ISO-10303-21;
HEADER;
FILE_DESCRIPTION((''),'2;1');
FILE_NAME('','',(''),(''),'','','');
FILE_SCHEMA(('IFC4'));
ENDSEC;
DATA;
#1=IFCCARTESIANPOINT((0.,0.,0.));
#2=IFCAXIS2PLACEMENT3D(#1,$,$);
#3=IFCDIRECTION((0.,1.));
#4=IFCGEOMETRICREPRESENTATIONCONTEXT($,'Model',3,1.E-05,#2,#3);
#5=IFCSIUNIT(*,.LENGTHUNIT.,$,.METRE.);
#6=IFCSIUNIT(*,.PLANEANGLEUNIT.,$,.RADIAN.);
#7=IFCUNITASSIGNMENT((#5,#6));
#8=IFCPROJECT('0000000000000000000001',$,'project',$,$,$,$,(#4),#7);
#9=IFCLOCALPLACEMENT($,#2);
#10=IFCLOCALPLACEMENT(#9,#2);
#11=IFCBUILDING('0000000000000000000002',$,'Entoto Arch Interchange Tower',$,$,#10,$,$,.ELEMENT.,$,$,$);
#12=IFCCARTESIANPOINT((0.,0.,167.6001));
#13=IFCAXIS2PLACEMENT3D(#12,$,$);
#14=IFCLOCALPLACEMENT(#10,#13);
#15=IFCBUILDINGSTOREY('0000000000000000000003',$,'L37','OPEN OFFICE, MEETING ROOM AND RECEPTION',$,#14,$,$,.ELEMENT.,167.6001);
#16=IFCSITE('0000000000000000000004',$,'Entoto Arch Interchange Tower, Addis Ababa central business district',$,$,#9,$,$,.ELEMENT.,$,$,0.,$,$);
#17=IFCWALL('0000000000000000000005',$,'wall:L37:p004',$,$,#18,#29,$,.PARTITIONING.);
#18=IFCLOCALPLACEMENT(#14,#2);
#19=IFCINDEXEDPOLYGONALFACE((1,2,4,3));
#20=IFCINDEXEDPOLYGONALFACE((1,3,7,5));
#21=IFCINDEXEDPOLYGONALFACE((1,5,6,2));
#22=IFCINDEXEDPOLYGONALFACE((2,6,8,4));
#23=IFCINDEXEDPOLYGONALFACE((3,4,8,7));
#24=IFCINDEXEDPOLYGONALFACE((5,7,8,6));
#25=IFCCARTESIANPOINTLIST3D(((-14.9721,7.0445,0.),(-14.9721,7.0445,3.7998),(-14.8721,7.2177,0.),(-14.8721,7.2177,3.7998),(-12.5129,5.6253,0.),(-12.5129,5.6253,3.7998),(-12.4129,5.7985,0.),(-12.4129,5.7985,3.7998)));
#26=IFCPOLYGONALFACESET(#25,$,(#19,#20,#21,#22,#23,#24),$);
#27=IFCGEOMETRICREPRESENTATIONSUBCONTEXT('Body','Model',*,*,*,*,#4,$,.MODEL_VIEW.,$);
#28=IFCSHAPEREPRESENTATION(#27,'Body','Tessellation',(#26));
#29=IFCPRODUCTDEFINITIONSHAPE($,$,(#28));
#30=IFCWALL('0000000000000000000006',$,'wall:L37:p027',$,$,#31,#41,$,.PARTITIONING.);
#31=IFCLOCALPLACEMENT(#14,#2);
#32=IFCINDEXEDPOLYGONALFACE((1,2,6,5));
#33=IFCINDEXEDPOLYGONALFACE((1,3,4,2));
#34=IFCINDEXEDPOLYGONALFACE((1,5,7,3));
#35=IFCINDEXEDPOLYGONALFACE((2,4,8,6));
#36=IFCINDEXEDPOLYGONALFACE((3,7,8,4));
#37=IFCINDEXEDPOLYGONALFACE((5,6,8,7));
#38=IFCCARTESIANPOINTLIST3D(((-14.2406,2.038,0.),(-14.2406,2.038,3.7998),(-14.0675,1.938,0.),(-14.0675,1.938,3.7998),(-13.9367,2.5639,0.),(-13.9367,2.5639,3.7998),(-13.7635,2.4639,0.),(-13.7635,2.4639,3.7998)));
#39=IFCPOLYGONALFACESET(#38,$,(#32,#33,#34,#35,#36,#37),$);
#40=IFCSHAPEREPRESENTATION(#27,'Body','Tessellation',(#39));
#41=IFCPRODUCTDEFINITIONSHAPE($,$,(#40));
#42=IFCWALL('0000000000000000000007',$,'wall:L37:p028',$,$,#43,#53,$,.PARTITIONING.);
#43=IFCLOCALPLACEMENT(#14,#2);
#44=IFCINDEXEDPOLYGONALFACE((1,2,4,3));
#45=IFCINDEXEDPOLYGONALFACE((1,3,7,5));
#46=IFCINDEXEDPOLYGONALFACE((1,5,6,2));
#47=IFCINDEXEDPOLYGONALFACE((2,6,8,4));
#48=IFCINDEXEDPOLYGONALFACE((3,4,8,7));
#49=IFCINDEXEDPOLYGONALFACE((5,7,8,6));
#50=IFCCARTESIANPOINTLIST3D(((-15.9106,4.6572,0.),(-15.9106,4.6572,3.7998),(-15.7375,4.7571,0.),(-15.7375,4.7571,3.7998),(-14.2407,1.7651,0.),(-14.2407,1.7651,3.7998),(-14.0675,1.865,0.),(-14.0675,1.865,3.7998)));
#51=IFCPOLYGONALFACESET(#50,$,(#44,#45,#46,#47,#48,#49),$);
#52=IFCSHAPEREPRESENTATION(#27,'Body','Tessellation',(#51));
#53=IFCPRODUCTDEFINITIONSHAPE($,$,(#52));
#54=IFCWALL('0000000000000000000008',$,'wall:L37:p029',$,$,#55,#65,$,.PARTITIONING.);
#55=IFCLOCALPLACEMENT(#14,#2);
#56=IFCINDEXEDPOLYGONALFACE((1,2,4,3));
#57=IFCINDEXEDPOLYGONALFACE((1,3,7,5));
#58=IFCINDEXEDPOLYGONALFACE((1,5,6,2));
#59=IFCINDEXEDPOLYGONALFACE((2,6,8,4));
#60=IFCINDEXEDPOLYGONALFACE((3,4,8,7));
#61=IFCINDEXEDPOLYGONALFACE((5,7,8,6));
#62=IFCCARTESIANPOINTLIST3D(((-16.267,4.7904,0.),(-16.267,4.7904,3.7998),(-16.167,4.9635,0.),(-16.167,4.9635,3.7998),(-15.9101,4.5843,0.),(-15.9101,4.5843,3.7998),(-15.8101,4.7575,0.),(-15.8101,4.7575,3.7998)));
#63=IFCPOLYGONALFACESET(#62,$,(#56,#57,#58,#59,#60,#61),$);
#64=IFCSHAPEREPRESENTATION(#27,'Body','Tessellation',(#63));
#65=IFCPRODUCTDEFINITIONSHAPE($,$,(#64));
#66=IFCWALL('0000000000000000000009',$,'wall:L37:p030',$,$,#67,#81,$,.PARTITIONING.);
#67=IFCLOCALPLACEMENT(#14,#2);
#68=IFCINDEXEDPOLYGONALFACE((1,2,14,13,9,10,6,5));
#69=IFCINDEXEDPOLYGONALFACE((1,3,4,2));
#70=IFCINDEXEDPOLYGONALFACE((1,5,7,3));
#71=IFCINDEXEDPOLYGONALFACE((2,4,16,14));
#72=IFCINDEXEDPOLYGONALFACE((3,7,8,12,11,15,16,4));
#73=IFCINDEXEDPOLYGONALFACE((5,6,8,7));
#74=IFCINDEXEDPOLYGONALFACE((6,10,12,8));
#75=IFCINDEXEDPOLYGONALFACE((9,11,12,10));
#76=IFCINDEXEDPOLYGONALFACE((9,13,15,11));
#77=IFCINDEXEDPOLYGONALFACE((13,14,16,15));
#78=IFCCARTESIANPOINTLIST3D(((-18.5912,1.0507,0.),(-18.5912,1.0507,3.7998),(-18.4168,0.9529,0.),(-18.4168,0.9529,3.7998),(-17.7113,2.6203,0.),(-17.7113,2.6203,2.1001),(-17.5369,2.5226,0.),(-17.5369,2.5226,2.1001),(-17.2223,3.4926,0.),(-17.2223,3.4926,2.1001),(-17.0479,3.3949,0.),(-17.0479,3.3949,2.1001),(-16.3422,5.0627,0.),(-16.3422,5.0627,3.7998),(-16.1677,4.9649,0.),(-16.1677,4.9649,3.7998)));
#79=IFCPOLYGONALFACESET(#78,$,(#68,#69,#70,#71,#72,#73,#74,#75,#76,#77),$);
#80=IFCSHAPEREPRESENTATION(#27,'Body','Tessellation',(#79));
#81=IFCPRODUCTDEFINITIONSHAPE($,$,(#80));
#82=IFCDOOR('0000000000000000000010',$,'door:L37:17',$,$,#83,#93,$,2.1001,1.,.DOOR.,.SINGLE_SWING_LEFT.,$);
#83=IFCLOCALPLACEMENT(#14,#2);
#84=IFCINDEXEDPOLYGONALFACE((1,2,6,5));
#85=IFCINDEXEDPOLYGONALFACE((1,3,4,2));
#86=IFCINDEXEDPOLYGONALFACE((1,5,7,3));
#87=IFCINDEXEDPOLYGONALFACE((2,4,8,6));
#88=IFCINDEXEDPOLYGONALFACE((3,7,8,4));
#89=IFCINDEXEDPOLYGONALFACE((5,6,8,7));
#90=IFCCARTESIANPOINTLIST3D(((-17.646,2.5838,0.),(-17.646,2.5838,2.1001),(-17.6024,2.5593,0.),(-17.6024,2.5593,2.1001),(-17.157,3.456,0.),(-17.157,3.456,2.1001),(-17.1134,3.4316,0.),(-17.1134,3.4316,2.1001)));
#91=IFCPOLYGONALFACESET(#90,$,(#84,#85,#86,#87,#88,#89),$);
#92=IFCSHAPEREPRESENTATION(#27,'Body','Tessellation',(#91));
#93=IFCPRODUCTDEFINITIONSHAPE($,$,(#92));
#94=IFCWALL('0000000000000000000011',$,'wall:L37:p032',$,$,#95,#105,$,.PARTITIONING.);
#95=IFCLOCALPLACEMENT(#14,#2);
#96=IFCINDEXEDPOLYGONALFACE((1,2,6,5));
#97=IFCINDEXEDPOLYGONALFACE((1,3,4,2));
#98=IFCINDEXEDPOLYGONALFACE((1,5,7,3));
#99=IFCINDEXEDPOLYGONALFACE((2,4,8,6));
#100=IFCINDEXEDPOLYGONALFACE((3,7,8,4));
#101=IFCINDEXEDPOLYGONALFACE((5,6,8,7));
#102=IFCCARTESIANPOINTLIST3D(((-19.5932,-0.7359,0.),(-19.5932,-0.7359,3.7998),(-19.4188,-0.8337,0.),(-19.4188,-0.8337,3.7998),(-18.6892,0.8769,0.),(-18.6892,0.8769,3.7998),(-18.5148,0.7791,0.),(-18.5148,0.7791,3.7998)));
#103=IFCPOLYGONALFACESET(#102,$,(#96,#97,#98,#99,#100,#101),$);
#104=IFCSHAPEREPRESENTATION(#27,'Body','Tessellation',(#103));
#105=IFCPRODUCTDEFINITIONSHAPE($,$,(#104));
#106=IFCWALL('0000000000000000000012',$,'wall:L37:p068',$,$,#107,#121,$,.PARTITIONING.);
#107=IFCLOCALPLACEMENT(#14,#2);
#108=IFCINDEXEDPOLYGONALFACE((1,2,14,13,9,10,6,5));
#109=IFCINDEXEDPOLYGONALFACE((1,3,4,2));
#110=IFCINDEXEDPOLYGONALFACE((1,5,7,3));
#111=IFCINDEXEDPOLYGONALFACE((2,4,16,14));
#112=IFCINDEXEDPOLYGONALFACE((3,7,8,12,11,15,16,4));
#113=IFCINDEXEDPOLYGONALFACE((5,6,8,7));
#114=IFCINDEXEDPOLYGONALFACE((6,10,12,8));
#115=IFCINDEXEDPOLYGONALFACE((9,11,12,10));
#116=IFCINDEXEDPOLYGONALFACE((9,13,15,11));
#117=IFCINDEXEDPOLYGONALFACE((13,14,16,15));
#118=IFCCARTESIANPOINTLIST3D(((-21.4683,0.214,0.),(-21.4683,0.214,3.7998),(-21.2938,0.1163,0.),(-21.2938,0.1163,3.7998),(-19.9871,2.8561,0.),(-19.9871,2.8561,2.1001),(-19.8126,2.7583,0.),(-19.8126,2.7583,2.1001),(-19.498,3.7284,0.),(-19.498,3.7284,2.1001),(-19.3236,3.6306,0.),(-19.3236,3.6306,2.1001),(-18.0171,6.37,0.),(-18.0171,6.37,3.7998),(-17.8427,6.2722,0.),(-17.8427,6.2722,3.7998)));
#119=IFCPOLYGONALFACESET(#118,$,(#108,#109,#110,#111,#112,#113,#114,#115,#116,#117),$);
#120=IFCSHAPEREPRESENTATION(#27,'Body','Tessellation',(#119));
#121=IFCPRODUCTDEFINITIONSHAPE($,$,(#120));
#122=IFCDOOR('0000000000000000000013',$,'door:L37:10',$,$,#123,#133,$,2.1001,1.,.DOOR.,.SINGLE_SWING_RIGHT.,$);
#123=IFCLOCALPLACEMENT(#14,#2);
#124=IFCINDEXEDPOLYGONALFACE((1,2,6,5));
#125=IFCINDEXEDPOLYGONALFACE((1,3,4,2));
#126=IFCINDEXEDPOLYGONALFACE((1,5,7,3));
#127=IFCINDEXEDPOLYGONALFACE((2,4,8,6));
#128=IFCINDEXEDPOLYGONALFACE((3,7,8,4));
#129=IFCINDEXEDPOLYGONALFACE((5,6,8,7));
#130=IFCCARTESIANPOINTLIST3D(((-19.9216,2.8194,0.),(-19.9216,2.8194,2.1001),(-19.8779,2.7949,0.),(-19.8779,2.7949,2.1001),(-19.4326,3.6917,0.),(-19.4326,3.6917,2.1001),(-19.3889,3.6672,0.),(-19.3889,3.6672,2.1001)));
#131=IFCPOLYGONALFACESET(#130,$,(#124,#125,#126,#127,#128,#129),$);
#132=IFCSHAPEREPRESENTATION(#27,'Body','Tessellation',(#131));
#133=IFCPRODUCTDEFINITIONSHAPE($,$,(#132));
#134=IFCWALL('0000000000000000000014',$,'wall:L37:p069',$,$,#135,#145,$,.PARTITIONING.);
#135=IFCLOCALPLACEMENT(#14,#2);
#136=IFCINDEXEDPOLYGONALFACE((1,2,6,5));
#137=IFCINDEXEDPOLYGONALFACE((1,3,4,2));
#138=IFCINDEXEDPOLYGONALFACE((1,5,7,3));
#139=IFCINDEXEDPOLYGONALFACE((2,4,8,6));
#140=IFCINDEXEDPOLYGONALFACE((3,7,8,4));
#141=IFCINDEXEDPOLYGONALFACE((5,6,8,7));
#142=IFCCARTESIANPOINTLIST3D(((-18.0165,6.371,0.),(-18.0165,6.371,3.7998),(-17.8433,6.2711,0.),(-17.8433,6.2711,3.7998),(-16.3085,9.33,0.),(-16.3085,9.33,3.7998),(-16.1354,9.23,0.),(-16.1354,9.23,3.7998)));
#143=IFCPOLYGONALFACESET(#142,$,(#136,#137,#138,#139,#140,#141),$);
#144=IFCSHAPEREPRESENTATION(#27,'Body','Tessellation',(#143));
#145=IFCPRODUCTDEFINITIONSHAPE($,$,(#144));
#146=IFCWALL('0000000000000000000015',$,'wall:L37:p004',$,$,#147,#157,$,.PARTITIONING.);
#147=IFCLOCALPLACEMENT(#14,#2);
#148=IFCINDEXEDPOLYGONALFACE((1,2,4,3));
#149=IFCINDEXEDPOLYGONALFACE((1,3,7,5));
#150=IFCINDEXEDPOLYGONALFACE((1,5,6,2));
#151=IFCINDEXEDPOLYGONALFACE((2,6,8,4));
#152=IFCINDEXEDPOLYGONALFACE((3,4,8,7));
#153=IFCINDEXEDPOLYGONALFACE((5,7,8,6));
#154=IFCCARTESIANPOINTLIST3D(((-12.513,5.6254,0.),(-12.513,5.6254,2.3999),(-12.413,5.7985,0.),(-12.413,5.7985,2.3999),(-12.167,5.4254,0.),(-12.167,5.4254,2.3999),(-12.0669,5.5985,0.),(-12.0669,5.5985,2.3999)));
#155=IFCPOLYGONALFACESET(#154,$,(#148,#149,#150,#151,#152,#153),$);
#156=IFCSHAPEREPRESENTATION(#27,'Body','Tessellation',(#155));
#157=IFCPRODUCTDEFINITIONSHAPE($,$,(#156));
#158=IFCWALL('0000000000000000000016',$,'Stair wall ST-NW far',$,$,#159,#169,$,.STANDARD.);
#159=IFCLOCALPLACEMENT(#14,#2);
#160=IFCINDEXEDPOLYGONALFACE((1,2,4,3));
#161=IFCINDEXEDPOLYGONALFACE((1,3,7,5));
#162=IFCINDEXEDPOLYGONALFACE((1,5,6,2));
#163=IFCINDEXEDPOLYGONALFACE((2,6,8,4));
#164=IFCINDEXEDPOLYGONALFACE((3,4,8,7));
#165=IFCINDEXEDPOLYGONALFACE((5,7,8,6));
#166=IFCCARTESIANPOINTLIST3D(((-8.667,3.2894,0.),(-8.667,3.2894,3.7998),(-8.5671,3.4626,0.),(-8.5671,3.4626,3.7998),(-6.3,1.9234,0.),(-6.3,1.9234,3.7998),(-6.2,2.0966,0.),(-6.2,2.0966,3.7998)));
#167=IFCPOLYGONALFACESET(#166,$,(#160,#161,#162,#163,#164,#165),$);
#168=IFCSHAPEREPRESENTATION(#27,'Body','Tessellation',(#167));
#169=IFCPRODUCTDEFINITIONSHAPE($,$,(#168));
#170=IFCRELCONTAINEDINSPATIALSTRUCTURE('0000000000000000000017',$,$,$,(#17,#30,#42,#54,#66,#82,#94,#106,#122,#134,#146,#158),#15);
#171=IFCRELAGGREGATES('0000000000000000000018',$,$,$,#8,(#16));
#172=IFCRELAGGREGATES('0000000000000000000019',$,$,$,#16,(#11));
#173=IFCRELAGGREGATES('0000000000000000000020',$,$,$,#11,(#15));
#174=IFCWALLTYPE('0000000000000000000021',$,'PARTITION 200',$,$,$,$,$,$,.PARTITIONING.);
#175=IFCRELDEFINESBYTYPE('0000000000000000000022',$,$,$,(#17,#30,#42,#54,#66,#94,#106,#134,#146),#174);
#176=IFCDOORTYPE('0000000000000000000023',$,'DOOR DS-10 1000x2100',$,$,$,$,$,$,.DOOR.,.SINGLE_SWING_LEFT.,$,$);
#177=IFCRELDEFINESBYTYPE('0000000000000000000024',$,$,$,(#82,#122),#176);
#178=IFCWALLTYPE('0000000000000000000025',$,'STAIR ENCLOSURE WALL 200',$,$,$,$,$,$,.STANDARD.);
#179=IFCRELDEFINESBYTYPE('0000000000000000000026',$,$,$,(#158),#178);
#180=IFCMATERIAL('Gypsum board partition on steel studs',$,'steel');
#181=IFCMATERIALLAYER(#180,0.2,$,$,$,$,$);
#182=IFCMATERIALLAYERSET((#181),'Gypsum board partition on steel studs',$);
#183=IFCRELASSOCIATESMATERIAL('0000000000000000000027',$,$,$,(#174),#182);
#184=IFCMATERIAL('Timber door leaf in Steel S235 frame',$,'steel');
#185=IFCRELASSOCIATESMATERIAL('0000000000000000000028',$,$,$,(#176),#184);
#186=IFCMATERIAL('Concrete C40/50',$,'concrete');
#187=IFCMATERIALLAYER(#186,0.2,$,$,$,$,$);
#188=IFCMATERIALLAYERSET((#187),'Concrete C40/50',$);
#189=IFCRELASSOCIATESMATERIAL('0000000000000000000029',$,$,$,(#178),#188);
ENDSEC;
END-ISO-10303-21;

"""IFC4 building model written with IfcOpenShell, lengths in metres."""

from ifc_helpers import new_model, si_unit, direction, frame, frame_2d, origin, place, context, subcontext, project, spatial, rectangle, extrude, material, layer, layer_set, type_object, element, fill, save


model = new_model("IFC4")

# Units and contexts
model_context = context("Model", 3, precision=1e-05, world=origin(), true_north=direction((0.0, 1.0)))
body_context = subcontext(model_context, "Body", "Model", "MODEL_VIEW")
ifc_project = project(units=[si_unit("LENGTHUNIT", "METRE"), si_unit("PLANEANGLEUNIT", "RADIAN")], contexts=[model_context])

# Site, building, storey
site_placement = place(None, origin())
site = spatial("IfcSite", under=ifc_project, at=site_placement, Name="Entoto Arch Interchange Tower, Addis Ababa central business district", CompositionType="ELEMENT", RefElevation=0.0)
building_placement = place(site_placement, origin())
building = spatial("IfcBuilding", under=site, at=building_placement, Name="Entoto Arch Interchange Tower", CompositionType="ELEMENT")
storey_placement = place(building_placement, frame((0.0, 0.0, 167.6001)))
storey = spatial("IfcBuildingStorey", under=building, at=storey_placement, Name="L37", Description="OPEN OFFICE, MEETING ROOM AND RECEPTION", CompositionType="ELEMENT", Elevation=167.6001)

# Shared definitions
ifc_material_1 = material(Name="Concrete C40/50", Category="concrete")

# Walls
ifc_material_2 = material(Name="Gypsum board partition on steel studs", Category="steel")
ifc_layer_1 = layer(ifc_material_2, 0.2)
ifc_layer_set_1 = layer_set([ifc_layer_1], Name="Gypsum board partition on steel studs")
wall_type_1 = type_object("IfcWallType", Name="PARTITION 200", PredefinedType="PARTITIONING", material=ifc_layer_set_1)
wall_1_placement = place(storey_placement, frame((-14.9221, 7.1311, 0.0), z_axis=(0.0, 0.0, 1.0), x_axis=(0.866124, -0.499829, 0.0)))
element("IfcWall", 1, at=wall_1_placement, inside=storey, type_object=wall_type_1, Name="wall:L37:p004", PredefinedType="PARTITIONING", context=body_context, shape_type="SweptSolid", body=[
    extrude(rectangle(XDim=2.8394, YDim=0.2, at=frame_2d((1.4197, 0.0))), origin(), (0.0, 0.0, 1.0), 3.7998),
])
wall_2_placement = place(storey_placement, frame((-13.8501, 2.5139, 0.0), z_axis=(0.0, 0.0, 1.0), x_axis=(-0.500418, -0.865784, 0.0)))
element("IfcWall", 2, at=wall_2_placement, inside=storey, type_object=wall_type_1, Name="wall:L37:p027", PredefinedType="PARTITIONING", context=body_context, shape_type="SweptSolid", body=[
    extrude(rectangle(XDim=0.6074, YDim=0.2, at=frame_2d((0.3037, 0.0))), origin(), (0.0, 0.0, 1.0), 3.7998),
])
wall_3_placement = place(storey_placement, frame((-14.1541, 1.8149, 0.0), z_axis=(0.0, 0.0, 1.0), x_axis=(-0.500039, 0.866003, 0.0)))
element("IfcWall", 3, at=wall_3_placement, inside=storey, type_object=wall_type_1, Name="wall:L37:p028", PredefinedType="PARTITIONING", context=body_context, shape_type="SweptSolid", body=[
    extrude(rectangle(XDim=3.3396, YDim=0.2, at=frame_2d((1.6699, 0.0))), origin(), (0.0, 0.0, 1.0), 3.7998),
])
wall_4_placement = place(storey_placement, frame((-15.8601, 4.6709, 0.0), z_axis=(0.0, 0.0, 1.0), x_axis=(-0.866047, 0.499962, 0.0)))
element("IfcWall", 4, at=wall_4_placement, inside=storey, type_object=wall_type_1, Name="wall:L37:p029", PredefinedType="PARTITIONING", context=body_context, shape_type="SweptSolid", body=[
    extrude(rectangle(XDim=0.4121, YDim=0.2, at=frame_2d((0.2061, 0.0))), origin(), (0.0, 0.0, 1.0), 3.7998),
])

# Wall, opening, door
wall_5_placement = place(storey_placement, frame((-16.2549, 5.0139, 0.0), z_axis=(0.0, 0.0, 1.0), x_axis=(-0.488988, -0.872291, 0.0)))
wall_5 = element("IfcWall", 5, at=wall_5_placement, inside=storey, type_object=wall_type_1, Name="wall:L37:p030", PredefinedType="PARTITIONING", context=body_context, shape_type="SweptSolid", body=[
    extrude(rectangle(XDim=4.5994, YDim=0.2, at=frame_2d((2.2998, 0.0))), origin(), (0.0, 0.0, 1.0), 3.7998),
])
opening_1_placement = place(wall_5_placement, frame((1.8, 0.0, 0.0)))
opening_1 = element("IfcOpeningElement", 6, at=opening_1_placement, cuts=wall_5, PredefinedType="OPENING", context=body_context, shape_type="SweptSolid", body=[
    extrude(rectangle(XDim=1.0, YDim=2.1001, at=frame_2d((0.5, 1.05))), frame((0.0, 0.1099, 0.0), z_axis=(0.0, -1.0, 0.0), x_axis=(1.0, 0.0, 0.0)), (0.0, 0.0, 1.0), 0.22),
])
ifc_material_3 = material(Name="Timber door leaf in Steel S235 frame", Category="steel")
door_type_1 = type_object("IfcDoorType", Name="DOOR DS-10 1000x2100", OperationType="SINGLE_SWING_LEFT", PredefinedType="DOOR", material=ifc_material_3)
door_1_placement = place(opening_1_placement, origin())
door_1 = element("IfcDoor", 7, at=door_1_placement, inside=storey, type_object=door_type_1, Name="door:L37:17", OperationType="SINGLE_SWING_LEFT", OverallHeight=2.1001, OverallWidth=1.0, PredefinedType="DOOR", context=body_context, shape_type="SweptSolid", body=[
    extrude(rectangle(XDim=1.0, YDim=2.1001, at=frame_2d((0.5, 1.05))), frame((0.0, 0.0249, 0.0), z_axis=(0.0, -1.0, 0.0), x_axis=(1.0, 0.0, 0.0)), (0.0, 0.0, 1.0), 0.05),
])
fill(opening_1, door_1)

# Wall
wall_6_placement = place(storey_placement, frame((-18.6021, 0.8279, 0.0), z_axis=(0.0, 0.0, 1.0), x_axis=(-0.488969, -0.872301, 0.0)))
element("IfcWall", 8, at=wall_6_placement, inside=storey, type_object=wall_type_1, Name="wall:L37:p032", PredefinedType="PARTITIONING", context=body_context, shape_type="SweptSolid", body=[
    extrude(rectangle(XDim=1.8489, YDim=0.2, at=frame_2d((0.9243, 0.0))), origin(), (0.0, 0.0, 1.0), 3.7998),
])

# Wall, opening, door
wall_7_placement = place(storey_placement, frame((-21.3811, 0.165, 0.0), z_axis=(0.0, 0.0, 1.0), x_axis=(0.489014, 0.872276, 0.0)))
wall_7 = element("IfcWall", 9, at=wall_7_placement, inside=storey, type_object=wall_type_1, Name="wall:L37:p068", PredefinedType="PARTITIONING", context=body_context, shape_type="SweptSolid", body=[
    extrude(rectangle(XDim=7.0574, YDim=0.2, at=frame_2d((3.5288, 0.0))), origin(), (0.0, 0.0, 1.0), 3.7998),
])
opening_2_placement = place(wall_7_placement, frame((3.0291, 0.0, 0.0)))
opening_2 = element("IfcOpeningElement", 10, at=opening_2_placement, cuts=wall_7, PredefinedType="OPENING", context=body_context, shape_type="SweptSolid", body=[
    extrude(rectangle(XDim=1.0, YDim=2.1001, at=frame_2d((0.5, 1.05))), frame((0.0, 0.1099, 0.0), z_axis=(0.0, -1.0, 0.0), x_axis=(1.0, 0.0, 0.0)), (0.0, 0.0, 1.0), 0.22),
])
door_2_placement = place(opening_2_placement, origin())
door_2 = element("IfcDoor", 11, at=door_2_placement, inside=storey, type_object=door_type_1, Name="door:L37:10", OperationType="SINGLE_SWING_RIGHT", OverallHeight=2.1001, OverallWidth=1.0, PredefinedType="DOOR", context=body_context, shape_type="SweptSolid", body=[
    extrude(rectangle(XDim=1.0, YDim=2.1001, at=frame_2d((0.5, 1.05))), frame((0.0, 0.0249, 0.0), z_axis=(0.0, -1.0, 0.0), x_axis=(1.0, 0.0, 0.0)), (0.0, 0.0, 1.0), 0.05),
])
fill(opening_2, door_2)

# Walls
wall_8_placement = place(storey_placement, frame((-17.9299, 6.321, 0.0), z_axis=(0.0, 0.0, 1.0), x_axis=(0.49992, 0.866071, 0.0)))
element("IfcWall", 12, at=wall_8_placement, inside=storey, type_object=wall_type_1, Name="wall:L37:p069", PredefinedType="PARTITIONING", context=body_context, shape_type="SweptSolid", body=[
    extrude(rectangle(XDim=3.4165, YDim=0.2, at=frame_2d((1.7083, 0.0))), origin(), (0.0, 0.0, 1.0), 3.7998),
])
wall_9_placement = place(storey_placement, frame((-12.4629, 5.7119, 0.0), z_axis=(0.0, 0.0, 1.0), x_axis=(0.865789, -0.50041, 0.0)))
element("IfcWall", 13, at=wall_9_placement, inside=storey, type_object=wall_type_1, Name="wall:L37:p004", PredefinedType="PARTITIONING", context=body_context, shape_type="SweptSolid", body=[
    extrude(rectangle(XDim=0.3997, YDim=0.2, at=frame_2d((0.1997, 0.0))), origin(), (0.0, 0.0, 1.0), 2.3999),
])
ifc_layer_2 = layer(ifc_material_1, 0.2)
ifc_layer_set_2 = layer_set([ifc_layer_2], Name="Concrete C40/50")
wall_type_2 = type_object("IfcWallType", Name="STAIR ENCLOSURE WALL 200", PredefinedType="STANDARD", material=ifc_layer_set_2)
wall_10_placement = place(storey_placement, frame((-6.25, 2.01, 0.0), z_axis=(0.0, 0.0, 1.0), x_axis=(-0.866119, 0.499838, 0.0)))
element("IfcWall", 14, at=wall_10_placement, inside=storey, type_object=wall_type_2, Name="Stair wall ST-NW far", PredefinedType="STANDARD", context=body_context, shape_type="SweptSolid", body=[
    extrude(rectangle(XDim=2.7329, YDim=0.2, at=frame_2d((1.3665, 0.0))), origin(), (0.0, 0.0, 1.0), 3.7998),
])

save(model, "model.ifc")
